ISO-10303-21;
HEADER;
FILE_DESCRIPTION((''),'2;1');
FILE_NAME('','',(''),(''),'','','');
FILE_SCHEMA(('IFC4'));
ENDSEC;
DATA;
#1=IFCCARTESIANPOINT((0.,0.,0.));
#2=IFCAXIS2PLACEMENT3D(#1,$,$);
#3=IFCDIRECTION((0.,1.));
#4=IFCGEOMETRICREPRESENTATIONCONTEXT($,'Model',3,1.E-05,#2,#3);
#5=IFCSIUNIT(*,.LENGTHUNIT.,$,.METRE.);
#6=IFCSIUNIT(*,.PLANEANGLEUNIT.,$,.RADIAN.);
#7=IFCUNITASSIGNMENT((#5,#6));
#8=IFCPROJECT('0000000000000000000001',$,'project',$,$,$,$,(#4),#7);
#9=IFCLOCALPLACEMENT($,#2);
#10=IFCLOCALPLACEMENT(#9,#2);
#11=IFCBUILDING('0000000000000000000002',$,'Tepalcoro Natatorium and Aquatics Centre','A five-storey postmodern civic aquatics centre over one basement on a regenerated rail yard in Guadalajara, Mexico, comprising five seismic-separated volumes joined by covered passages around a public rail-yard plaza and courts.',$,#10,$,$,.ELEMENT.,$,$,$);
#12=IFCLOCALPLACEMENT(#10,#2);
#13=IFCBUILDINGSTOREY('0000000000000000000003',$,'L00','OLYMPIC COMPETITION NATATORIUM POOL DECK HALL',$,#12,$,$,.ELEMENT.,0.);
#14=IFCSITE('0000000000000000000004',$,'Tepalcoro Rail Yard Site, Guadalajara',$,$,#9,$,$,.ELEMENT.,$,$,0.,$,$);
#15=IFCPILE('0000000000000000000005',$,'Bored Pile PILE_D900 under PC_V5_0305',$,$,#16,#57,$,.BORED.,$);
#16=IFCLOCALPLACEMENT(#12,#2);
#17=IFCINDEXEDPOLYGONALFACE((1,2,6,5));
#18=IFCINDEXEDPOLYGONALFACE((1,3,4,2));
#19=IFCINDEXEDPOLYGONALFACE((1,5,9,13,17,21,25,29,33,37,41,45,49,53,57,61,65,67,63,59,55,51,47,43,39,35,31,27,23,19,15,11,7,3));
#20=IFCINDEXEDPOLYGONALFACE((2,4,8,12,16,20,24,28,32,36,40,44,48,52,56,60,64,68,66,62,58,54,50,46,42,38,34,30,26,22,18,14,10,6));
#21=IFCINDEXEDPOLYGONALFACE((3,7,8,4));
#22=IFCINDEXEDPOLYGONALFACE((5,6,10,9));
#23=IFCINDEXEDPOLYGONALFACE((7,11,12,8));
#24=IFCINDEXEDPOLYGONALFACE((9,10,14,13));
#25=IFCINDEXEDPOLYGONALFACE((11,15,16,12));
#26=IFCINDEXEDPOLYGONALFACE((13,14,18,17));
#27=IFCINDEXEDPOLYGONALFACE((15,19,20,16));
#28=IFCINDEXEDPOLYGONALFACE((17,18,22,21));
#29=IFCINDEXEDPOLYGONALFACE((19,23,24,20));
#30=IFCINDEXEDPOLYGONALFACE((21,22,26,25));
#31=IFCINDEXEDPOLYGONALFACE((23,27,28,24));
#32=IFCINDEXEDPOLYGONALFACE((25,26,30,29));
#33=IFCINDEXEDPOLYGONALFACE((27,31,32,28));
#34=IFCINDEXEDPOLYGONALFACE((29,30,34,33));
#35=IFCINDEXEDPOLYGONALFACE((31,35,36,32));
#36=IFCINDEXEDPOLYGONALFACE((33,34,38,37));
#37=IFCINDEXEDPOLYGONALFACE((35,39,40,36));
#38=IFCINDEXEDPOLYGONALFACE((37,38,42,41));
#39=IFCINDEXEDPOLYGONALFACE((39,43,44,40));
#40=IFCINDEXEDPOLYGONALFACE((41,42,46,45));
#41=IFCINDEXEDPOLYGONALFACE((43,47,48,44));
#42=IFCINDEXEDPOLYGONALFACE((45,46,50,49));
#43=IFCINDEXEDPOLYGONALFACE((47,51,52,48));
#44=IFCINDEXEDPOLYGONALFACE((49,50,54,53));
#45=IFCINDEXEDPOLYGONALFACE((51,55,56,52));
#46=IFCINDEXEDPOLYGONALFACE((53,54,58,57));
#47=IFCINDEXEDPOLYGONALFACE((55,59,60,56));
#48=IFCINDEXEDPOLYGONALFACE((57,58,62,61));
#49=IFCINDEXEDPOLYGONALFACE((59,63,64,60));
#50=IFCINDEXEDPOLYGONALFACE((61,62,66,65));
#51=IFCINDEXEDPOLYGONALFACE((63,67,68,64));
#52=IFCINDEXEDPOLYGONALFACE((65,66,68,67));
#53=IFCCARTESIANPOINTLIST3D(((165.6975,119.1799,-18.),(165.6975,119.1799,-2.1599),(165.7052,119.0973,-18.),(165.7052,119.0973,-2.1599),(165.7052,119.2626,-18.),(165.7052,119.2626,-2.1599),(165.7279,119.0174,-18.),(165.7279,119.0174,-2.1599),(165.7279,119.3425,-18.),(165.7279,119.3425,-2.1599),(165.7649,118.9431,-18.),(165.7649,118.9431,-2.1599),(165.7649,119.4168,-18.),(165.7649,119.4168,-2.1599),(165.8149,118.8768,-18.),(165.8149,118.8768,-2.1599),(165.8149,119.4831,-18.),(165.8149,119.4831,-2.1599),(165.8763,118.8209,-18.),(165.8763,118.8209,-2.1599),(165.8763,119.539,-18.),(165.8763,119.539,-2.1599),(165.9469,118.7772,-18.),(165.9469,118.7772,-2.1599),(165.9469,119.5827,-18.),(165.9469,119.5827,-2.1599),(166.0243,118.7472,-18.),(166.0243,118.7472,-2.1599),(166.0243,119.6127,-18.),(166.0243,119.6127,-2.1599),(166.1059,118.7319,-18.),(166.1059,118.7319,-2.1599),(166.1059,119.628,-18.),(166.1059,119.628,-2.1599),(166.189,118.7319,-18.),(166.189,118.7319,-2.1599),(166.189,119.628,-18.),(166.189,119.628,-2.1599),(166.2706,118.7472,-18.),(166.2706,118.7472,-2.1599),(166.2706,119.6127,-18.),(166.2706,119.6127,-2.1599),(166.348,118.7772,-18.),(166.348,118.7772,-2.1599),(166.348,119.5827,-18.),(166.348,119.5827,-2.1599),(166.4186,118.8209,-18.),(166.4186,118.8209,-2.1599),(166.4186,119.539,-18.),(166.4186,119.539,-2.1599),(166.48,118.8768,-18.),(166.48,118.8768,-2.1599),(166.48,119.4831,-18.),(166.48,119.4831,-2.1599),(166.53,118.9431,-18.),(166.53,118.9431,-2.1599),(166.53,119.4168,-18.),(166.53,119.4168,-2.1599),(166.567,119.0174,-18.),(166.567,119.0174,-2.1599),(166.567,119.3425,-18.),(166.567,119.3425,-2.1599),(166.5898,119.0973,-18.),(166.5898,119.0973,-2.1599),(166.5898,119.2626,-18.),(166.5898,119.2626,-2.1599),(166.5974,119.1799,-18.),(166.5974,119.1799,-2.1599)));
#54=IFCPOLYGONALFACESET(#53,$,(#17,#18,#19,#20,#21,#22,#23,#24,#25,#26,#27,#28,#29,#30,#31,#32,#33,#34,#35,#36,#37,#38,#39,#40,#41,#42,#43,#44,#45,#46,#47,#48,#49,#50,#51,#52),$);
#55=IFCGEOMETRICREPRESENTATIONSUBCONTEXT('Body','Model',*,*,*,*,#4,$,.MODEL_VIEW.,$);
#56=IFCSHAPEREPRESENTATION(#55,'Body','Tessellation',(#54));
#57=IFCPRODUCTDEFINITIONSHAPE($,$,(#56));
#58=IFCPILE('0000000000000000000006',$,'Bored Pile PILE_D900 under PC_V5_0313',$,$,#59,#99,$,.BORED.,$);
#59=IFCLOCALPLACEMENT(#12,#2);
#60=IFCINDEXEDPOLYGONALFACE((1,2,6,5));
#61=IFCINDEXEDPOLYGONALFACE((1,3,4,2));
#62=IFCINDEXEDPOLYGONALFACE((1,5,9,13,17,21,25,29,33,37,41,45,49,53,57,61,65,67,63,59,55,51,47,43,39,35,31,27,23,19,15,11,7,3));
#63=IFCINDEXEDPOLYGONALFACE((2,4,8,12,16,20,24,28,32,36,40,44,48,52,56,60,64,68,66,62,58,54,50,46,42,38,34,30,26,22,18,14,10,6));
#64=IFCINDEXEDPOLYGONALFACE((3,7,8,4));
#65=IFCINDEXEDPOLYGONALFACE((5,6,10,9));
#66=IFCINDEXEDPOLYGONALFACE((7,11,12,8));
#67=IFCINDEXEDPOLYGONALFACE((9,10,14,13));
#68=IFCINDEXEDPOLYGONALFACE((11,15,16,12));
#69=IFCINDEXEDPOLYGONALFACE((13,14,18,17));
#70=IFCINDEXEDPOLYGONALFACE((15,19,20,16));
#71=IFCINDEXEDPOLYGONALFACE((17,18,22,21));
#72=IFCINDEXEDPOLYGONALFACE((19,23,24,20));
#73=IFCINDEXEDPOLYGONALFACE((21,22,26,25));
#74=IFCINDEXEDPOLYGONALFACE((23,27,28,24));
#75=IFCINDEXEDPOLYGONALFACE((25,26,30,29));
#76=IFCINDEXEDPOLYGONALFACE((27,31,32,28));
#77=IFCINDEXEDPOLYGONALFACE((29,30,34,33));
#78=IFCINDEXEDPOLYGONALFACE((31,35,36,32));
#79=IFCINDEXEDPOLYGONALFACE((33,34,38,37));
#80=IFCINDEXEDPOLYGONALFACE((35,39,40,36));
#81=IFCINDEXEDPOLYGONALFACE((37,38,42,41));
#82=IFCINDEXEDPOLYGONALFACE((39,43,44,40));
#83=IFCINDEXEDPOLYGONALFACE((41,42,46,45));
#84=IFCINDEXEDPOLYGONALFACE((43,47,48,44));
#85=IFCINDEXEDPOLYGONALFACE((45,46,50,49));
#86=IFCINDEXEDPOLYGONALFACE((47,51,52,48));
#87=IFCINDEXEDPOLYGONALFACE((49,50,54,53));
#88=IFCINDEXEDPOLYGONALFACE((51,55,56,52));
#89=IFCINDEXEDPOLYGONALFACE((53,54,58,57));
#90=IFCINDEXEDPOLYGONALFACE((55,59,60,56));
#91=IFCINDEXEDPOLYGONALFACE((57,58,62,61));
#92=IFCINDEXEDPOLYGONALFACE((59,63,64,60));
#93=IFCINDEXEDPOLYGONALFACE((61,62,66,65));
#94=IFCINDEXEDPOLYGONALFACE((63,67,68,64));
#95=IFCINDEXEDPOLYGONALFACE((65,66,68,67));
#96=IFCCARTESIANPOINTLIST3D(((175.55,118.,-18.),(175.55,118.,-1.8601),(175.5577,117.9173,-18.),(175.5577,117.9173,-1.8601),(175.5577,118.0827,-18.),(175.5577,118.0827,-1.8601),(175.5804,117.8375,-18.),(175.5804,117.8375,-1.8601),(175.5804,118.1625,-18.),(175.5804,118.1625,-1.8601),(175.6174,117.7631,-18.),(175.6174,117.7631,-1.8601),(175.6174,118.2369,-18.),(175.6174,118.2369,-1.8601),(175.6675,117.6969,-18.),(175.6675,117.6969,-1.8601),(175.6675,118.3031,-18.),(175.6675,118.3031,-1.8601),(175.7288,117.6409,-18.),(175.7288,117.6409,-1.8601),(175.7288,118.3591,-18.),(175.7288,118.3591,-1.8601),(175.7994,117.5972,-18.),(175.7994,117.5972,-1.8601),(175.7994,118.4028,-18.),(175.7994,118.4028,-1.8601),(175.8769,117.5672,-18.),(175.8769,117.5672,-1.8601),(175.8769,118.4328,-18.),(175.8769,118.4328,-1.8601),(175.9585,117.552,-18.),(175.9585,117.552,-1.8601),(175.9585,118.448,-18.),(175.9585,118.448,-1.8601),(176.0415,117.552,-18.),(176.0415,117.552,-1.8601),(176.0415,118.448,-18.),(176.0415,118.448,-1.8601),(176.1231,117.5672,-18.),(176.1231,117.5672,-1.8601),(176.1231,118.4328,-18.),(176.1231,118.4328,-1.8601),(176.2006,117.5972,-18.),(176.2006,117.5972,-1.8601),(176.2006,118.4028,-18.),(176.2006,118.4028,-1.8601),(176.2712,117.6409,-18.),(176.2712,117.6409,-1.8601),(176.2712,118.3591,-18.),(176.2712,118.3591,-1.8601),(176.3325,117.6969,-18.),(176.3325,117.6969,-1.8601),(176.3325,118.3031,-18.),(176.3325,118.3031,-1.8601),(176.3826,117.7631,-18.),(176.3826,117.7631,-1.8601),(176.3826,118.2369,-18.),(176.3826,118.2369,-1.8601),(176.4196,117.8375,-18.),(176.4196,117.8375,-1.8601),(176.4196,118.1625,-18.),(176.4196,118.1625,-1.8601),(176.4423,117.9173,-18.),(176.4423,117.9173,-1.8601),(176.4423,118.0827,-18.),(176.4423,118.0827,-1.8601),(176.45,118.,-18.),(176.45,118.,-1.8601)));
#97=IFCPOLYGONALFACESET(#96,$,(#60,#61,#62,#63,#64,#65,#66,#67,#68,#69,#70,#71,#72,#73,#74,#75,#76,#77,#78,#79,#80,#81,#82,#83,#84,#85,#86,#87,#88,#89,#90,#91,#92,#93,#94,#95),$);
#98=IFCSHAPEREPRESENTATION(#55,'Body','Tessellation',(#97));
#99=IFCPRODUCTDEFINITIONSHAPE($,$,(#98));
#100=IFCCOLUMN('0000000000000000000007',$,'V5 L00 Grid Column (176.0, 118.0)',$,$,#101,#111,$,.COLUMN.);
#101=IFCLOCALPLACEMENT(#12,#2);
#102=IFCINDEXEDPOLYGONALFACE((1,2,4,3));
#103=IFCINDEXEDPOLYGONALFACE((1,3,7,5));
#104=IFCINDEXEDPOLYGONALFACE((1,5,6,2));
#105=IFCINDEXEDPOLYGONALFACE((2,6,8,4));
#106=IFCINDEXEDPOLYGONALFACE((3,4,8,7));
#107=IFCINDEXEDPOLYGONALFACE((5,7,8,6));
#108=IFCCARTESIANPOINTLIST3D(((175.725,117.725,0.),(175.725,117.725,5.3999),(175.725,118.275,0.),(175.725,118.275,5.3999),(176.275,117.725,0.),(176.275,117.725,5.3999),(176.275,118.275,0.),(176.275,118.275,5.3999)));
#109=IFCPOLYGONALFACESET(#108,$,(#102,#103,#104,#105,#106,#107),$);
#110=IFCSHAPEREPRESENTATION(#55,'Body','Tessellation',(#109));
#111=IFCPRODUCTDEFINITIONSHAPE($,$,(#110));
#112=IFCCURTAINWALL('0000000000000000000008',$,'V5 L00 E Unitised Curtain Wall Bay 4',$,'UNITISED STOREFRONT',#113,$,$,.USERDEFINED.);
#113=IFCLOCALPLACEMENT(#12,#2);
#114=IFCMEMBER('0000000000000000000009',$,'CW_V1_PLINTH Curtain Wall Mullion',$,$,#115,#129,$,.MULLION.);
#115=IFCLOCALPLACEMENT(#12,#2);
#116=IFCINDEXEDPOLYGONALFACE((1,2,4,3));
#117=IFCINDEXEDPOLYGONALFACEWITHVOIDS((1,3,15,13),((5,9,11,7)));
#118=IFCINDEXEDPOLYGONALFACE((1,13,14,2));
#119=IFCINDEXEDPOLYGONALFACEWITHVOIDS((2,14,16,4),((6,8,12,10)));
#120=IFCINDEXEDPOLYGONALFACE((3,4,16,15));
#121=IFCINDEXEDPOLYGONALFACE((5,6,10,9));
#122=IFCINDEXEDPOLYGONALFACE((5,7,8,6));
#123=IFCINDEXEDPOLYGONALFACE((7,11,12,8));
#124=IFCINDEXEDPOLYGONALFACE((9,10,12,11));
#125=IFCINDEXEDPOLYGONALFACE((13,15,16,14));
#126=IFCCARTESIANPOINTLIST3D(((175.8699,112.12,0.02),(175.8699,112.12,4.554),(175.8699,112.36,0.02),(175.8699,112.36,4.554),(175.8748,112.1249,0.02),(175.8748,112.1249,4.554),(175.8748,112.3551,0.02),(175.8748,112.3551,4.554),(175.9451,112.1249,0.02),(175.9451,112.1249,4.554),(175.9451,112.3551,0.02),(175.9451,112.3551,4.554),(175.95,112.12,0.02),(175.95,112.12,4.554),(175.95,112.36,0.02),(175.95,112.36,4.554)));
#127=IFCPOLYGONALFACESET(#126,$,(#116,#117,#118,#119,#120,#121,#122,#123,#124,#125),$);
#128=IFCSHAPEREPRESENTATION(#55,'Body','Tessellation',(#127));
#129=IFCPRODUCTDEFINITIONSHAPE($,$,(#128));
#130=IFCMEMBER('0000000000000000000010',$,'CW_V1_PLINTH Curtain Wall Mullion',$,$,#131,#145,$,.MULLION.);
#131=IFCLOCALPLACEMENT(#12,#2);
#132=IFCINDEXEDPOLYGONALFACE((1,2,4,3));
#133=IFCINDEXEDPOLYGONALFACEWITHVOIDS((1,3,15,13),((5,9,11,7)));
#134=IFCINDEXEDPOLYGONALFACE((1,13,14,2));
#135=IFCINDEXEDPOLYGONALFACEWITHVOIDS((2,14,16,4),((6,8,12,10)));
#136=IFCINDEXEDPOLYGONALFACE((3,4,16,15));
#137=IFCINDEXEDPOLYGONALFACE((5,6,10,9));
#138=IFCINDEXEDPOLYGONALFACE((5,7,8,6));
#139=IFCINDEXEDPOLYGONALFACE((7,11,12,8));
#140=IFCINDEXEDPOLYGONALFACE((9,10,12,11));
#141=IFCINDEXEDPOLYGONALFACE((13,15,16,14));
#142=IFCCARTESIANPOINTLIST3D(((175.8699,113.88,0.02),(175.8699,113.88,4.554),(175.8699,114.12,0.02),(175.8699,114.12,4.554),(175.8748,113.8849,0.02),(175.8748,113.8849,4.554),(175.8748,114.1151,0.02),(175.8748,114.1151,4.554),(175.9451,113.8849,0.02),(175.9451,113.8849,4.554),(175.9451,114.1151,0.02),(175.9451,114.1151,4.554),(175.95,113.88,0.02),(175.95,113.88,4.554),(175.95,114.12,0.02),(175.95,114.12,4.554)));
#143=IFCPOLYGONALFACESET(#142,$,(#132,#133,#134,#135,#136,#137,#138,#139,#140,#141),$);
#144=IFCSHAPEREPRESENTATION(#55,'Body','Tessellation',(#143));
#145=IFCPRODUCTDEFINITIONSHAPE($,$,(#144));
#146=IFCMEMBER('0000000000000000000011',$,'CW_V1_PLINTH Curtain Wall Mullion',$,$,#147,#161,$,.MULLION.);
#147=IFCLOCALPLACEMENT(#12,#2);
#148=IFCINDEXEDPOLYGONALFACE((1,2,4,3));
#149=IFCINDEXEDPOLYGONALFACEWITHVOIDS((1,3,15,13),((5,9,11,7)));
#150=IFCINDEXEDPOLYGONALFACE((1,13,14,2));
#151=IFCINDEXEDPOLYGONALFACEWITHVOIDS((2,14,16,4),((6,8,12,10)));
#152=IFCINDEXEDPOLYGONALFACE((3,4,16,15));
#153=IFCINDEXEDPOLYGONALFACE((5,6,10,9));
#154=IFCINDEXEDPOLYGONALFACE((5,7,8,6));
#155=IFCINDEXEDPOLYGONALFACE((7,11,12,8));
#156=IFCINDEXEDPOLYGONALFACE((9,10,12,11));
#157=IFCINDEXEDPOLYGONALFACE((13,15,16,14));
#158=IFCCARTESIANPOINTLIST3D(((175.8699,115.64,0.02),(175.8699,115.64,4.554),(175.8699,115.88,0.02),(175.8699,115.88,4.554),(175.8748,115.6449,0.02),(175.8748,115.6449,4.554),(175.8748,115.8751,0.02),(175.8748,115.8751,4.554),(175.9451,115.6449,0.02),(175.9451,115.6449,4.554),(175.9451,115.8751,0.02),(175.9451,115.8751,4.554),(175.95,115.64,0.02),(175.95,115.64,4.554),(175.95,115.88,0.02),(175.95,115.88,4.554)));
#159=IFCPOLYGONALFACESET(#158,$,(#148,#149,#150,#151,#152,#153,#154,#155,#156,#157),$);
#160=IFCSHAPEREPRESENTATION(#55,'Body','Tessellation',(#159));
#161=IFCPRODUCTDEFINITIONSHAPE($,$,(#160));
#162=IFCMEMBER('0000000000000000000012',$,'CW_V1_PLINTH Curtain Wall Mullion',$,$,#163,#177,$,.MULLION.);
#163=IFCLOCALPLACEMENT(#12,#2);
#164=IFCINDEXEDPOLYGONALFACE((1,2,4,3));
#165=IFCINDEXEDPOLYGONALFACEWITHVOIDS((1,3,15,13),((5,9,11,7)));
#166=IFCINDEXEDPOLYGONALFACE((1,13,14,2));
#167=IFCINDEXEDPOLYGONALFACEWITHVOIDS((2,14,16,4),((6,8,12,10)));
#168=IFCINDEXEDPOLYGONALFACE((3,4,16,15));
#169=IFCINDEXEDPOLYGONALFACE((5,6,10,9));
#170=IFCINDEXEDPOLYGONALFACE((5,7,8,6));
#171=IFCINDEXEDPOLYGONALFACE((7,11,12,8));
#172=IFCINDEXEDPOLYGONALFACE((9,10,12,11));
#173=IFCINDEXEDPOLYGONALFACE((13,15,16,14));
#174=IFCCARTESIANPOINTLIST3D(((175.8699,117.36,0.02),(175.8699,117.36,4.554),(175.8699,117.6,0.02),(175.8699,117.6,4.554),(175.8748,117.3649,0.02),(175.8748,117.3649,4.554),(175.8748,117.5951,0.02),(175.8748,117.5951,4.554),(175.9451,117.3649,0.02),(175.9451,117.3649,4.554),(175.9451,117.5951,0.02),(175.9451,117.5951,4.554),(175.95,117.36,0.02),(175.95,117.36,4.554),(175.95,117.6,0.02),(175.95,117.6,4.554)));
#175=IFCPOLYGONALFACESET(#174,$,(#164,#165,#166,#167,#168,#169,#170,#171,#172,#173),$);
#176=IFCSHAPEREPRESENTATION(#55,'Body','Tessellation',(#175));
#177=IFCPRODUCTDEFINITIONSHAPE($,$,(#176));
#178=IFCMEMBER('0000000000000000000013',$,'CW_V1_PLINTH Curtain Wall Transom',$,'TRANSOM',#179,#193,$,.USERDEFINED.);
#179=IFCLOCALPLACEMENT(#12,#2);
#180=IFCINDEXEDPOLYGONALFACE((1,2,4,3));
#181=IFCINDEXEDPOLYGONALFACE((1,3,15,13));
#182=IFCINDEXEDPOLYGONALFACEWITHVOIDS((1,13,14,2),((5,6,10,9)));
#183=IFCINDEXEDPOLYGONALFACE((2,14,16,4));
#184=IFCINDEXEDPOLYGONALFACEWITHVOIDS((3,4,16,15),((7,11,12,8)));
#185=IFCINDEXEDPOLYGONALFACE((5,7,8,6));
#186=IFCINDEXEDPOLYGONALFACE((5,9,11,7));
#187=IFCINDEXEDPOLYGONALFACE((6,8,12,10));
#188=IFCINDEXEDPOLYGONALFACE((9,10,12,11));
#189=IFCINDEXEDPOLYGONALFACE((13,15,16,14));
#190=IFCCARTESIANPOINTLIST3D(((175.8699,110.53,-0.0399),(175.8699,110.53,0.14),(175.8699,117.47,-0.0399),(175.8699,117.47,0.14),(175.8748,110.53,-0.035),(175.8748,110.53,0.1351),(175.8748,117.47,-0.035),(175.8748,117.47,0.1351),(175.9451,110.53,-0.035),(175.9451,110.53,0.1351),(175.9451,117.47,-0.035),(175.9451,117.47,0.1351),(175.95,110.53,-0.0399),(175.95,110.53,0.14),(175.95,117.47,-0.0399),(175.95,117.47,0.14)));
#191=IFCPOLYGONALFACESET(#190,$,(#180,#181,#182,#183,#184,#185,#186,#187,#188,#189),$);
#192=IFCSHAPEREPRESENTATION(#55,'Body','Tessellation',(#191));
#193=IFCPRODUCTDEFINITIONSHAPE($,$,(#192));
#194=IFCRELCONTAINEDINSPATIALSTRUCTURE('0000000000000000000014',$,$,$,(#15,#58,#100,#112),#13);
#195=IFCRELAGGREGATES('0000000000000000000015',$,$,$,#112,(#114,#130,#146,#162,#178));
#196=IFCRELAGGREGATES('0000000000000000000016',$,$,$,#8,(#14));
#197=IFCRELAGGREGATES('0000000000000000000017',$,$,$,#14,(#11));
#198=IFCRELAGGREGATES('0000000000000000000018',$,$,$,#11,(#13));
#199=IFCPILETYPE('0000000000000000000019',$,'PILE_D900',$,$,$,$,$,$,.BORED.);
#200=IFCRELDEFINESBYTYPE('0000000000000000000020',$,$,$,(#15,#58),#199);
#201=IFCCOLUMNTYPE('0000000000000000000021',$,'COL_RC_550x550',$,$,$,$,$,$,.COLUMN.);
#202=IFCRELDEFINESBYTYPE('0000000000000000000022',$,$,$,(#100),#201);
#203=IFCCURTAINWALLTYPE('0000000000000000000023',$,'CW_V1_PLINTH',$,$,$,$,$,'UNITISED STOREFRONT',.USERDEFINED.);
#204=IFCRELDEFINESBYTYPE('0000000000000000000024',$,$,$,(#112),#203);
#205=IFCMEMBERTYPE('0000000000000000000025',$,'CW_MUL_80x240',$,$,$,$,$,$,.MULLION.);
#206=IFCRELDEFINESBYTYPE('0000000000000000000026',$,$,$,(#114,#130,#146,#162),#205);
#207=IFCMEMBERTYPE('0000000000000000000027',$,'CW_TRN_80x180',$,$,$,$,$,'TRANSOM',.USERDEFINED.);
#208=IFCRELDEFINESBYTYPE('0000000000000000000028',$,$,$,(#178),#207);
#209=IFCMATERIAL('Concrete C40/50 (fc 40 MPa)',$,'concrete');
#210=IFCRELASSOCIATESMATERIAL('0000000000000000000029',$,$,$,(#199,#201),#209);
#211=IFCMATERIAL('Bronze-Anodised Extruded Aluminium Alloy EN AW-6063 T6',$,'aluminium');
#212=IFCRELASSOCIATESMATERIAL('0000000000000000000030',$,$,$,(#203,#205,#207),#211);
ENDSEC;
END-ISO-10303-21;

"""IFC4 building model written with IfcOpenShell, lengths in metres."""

from ifc_helpers import new_model, si_unit, direction, frame, origin, origin_2d, place, context, subcontext, project, spatial, rectangle, hollow_rectangle, circle, extrude, material, material_profile, profile_set, type_object, element, aggregate, save


model = new_model("IFC4")

# Units and contexts
model_context = context("Model", 3, precision=1e-05, world=origin(), true_north=direction((0.0, 1.0)))
body_context = subcontext(model_context, "Body", "Model", "MODEL_VIEW")
ifc_project = project(units=[si_unit("LENGTHUNIT", "METRE"), si_unit("PLANEANGLEUNIT", "RADIAN")], contexts=[model_context])

# Site, building, storey
site_placement = place(None, origin())
site = spatial("IfcSite", under=ifc_project, at=site_placement, Name="Tepalcoro Rail Yard Site, Guadalajara", CompositionType="ELEMENT", RefElevation=0.0)
building_placement = place(site_placement, origin())
building = spatial("IfcBuilding", under=site, at=building_placement, Name="Tepalcoro Natatorium and Aquatics Centre", Description="A five-storey postmodern civic aquatics centre over one basement on a regenerated rail yard in Guadalajara, Mexico, comprising five seismic-separated volumes joined by covered passages around a public rail-yard plaza and courts.", CompositionType="ELEMENT")
storey_placement = place(building_placement, origin())
storey = spatial("IfcBuildingStorey", under=building, at=storey_placement, Name="L00", Description="OLYMPIC COMPETITION NATATORIUM POOL DECK HALL", CompositionType="ELEMENT", Elevation=0.0)

# Piles
ifc_material_1 = material(Name="Concrete C40/50 (fc 40 MPa)", Category="concrete")
ifc_material_profile_1 = material_profile(ifc_material_1, circle(Radius=0.45, at=origin_2d()), Name="PILE_D900")
ifc_profile_set_1 = profile_set([ifc_material_profile_1], Name="Concrete C40/50 (fc 40 MPa)")
pile_type_1 = type_object("IfcPileType", Name="PILE_D900", PredefinedType="BORED", material=ifc_profile_set_1)
for number, where, z_axis, x_axis, name in (
    (1, (166.1475, 119.1799, -2.1599), (0.0, 0.0, -1.0), (1.0, 0.0, 0.0), "Bored Pile PILE_D900 under PC_V5_0305"),
):
    element("IfcPile", number, at=place(storey_placement, frame(where, z_axis=z_axis, x_axis=x_axis)), inside=storey, type_object=pile_type_1, Name=name, PredefinedType="BORED", context=body_context, shape_type="SweptSolid", body=[
        extrude(circle(Radius=0.45, at=origin_2d()), origin(), (0.0, 0.0, 1.0), 15.8401),
    ])
pile_placement = place(storey_placement, frame((176.0, 118.0, -1.8601), z_axis=(0.0, 0.0, -1.0), x_axis=(1.0, 0.0, 0.0)))
element("IfcPile", 2, at=pile_placement, inside=storey, type_object=pile_type_1, Name="Bored Pile PILE_D900 under PC_V5_0313", PredefinedType="BORED", context=body_context, shape_type="SweptSolid", body=[
    extrude(circle(Radius=0.45, at=origin_2d()), origin(), (0.0, 0.0, 1.0), 16.1399),
])

# Column
ifc_material_profile_2 = material_profile(ifc_material_1, rectangle(XDim=0.55, YDim=0.55, at=origin_2d()), Name="RC550x550")
ifc_profile_set_2 = profile_set([ifc_material_profile_2], Name="Concrete C40/50 (fc 40 MPa)")
column_type = type_object("IfcColumnType", Name="COL_RC_550x550", PredefinedType="COLUMN", material=ifc_profile_set_2)
column_placement = place(storey_placement, frame((176.0, 118.0, 0.0), z_axis=(0.0, 0.0, 1.0), x_axis=(1.0, 0.0, 0.0)))
element("IfcColumn", 3, at=column_placement, inside=storey, type_object=column_type, Name="V5 L00 Grid Column (176.0, 118.0)", PredefinedType="COLUMN", context=body_context, shape_type="SweptSolid", body=[
    extrude(rectangle(XDim=0.55, YDim=0.55, at=origin_2d()), origin(), (0.0, 0.0, 1.0), 5.3999),
])

# Curtain wall, members
ifc_material_2 = material(Name="Bronze-Anodised Extruded Aluminium Alloy EN AW-6063 T6", Category="aluminium")
curtain_wall_type = type_object("IfcCurtainWallType", Name="CW_V1_PLINTH", ElementType="UNITISED STOREFRONT", PredefinedType="USERDEFINED", material=ifc_material_2)
curtain_wall_placement = place(storey_placement, origin())
curtain_wall = element("IfcCurtainWall", 4, at=curtain_wall_placement, inside=storey, type_object=curtain_wall_type, Name="V5 L00 E Unitised Curtain Wall Bay 4", ObjectType="UNITISED STOREFRONT", PredefinedType="USERDEFINED")
ifc_material_profile_3 = material_profile(ifc_material_2, hollow_rectangle(XDim=0.0801, YDim=0.24, WallThickness=0.0049, at=origin_2d()), Name="AL80X240X5")
ifc_profile_set_3 = profile_set([ifc_material_profile_3], Name="Bronze-Anodised Extruded Aluminium Alloy EN AW-6063 T6")
member_type_1 = type_object("IfcMemberType", Name="CW_MUL_80x240", PredefinedType="MULLION", material=ifc_profile_set_3)
member_1_placement = place(storey_placement, frame((175.9099, 112.24, 0.02), z_axis=(0.0, 0.0, 1.0), x_axis=(1.0, 0.0, 0.0)))
member_1 = element("IfcMember", 5, at=member_1_placement, type_object=member_type_1, Name="CW_V1_PLINTH Curtain Wall Mullion", PredefinedType="MULLION", context=body_context, shape_type="SweptSolid", body=[
    extrude(hollow_rectangle(XDim=0.0801, YDim=0.24, WallThickness=0.0049, at=origin_2d()), origin(), (0.0, 0.0, 1.0), 4.5339),
])
member_2_placement = place(storey_placement, frame((175.9099, 114.0, 0.02), z_axis=(0.0, 0.0, 1.0), x_axis=(1.0, 0.0, 0.0)))
member_2 = element("IfcMember", 6, at=member_2_placement, type_object=member_type_1, Name="CW_V1_PLINTH Curtain Wall Mullion", PredefinedType="MULLION", context=body_context, shape_type="SweptSolid", body=[
    extrude(hollow_rectangle(XDim=0.0801, YDim=0.24, WallThickness=0.0049, at=origin_2d()), origin(), (0.0, 0.0, 1.0), 4.5339),
])
member_3_placement = place(storey_placement, frame((175.9099, 115.76, 0.02), z_axis=(0.0, 0.0, 1.0), x_axis=(1.0, 0.0, 0.0)))
member_3 = element("IfcMember", 7, at=member_3_placement, type_object=member_type_1, Name="CW_V1_PLINTH Curtain Wall Mullion", PredefinedType="MULLION", context=body_context, shape_type="SweptSolid", body=[
    extrude(hollow_rectangle(XDim=0.0801, YDim=0.24, WallThickness=0.0049, at=origin_2d()), origin(), (0.0, 0.0, 1.0), 4.5339),
])
member_4_placement = place(storey_placement, frame((175.9099, 117.48, 0.02), z_axis=(0.0, 0.0, 1.0), x_axis=(1.0, 0.0, 0.0)))
member_4 = element("IfcMember", 8, at=member_4_placement, type_object=member_type_1, Name="CW_V1_PLINTH Curtain Wall Mullion", PredefinedType="MULLION", context=body_context, shape_type="SweptSolid", body=[
    extrude(hollow_rectangle(XDim=0.0801, YDim=0.24, WallThickness=0.0049, at=origin_2d()), origin(), (0.0, 0.0, 1.0), 4.5339),
])
ifc_material_profile_4 = material_profile(ifc_material_2, hollow_rectangle(XDim=0.0801, YDim=0.1799, WallThickness=0.0049, at=origin_2d()), Name="AL80X180X5")
ifc_profile_set_4 = profile_set([ifc_material_profile_4], Name="Bronze-Anodised Extruded Aluminium Alloy EN AW-6063 T6")
member_type_2 = type_object("IfcMemberType", Name="CW_TRN_80x180", ElementType="TRANSOM", PredefinedType="USERDEFINED", material=ifc_profile_set_4)
member_5_placement = place(storey_placement, frame((175.9099, 110.53, 0.05), z_axis=(0.0, 1.0, 0.0), x_axis=(-1.0, 0.0, 0.0)))
member_5 = element("IfcMember", 9, at=member_5_placement, type_object=member_type_2, Name="CW_V1_PLINTH Curtain Wall Transom", ObjectType="TRANSOM", PredefinedType="USERDEFINED", context=body_context, shape_type="SweptSolid", body=[
    extrude(hollow_rectangle(XDim=0.0801, YDim=0.1799, WallThickness=0.0049, at=origin_2d()), origin(), (0.0, 0.0, 1.0), 6.9399),
])
aggregate(curtain_wall, [member_1, member_2, member_3, member_4, member_5])

save(model, "model.ifc")
